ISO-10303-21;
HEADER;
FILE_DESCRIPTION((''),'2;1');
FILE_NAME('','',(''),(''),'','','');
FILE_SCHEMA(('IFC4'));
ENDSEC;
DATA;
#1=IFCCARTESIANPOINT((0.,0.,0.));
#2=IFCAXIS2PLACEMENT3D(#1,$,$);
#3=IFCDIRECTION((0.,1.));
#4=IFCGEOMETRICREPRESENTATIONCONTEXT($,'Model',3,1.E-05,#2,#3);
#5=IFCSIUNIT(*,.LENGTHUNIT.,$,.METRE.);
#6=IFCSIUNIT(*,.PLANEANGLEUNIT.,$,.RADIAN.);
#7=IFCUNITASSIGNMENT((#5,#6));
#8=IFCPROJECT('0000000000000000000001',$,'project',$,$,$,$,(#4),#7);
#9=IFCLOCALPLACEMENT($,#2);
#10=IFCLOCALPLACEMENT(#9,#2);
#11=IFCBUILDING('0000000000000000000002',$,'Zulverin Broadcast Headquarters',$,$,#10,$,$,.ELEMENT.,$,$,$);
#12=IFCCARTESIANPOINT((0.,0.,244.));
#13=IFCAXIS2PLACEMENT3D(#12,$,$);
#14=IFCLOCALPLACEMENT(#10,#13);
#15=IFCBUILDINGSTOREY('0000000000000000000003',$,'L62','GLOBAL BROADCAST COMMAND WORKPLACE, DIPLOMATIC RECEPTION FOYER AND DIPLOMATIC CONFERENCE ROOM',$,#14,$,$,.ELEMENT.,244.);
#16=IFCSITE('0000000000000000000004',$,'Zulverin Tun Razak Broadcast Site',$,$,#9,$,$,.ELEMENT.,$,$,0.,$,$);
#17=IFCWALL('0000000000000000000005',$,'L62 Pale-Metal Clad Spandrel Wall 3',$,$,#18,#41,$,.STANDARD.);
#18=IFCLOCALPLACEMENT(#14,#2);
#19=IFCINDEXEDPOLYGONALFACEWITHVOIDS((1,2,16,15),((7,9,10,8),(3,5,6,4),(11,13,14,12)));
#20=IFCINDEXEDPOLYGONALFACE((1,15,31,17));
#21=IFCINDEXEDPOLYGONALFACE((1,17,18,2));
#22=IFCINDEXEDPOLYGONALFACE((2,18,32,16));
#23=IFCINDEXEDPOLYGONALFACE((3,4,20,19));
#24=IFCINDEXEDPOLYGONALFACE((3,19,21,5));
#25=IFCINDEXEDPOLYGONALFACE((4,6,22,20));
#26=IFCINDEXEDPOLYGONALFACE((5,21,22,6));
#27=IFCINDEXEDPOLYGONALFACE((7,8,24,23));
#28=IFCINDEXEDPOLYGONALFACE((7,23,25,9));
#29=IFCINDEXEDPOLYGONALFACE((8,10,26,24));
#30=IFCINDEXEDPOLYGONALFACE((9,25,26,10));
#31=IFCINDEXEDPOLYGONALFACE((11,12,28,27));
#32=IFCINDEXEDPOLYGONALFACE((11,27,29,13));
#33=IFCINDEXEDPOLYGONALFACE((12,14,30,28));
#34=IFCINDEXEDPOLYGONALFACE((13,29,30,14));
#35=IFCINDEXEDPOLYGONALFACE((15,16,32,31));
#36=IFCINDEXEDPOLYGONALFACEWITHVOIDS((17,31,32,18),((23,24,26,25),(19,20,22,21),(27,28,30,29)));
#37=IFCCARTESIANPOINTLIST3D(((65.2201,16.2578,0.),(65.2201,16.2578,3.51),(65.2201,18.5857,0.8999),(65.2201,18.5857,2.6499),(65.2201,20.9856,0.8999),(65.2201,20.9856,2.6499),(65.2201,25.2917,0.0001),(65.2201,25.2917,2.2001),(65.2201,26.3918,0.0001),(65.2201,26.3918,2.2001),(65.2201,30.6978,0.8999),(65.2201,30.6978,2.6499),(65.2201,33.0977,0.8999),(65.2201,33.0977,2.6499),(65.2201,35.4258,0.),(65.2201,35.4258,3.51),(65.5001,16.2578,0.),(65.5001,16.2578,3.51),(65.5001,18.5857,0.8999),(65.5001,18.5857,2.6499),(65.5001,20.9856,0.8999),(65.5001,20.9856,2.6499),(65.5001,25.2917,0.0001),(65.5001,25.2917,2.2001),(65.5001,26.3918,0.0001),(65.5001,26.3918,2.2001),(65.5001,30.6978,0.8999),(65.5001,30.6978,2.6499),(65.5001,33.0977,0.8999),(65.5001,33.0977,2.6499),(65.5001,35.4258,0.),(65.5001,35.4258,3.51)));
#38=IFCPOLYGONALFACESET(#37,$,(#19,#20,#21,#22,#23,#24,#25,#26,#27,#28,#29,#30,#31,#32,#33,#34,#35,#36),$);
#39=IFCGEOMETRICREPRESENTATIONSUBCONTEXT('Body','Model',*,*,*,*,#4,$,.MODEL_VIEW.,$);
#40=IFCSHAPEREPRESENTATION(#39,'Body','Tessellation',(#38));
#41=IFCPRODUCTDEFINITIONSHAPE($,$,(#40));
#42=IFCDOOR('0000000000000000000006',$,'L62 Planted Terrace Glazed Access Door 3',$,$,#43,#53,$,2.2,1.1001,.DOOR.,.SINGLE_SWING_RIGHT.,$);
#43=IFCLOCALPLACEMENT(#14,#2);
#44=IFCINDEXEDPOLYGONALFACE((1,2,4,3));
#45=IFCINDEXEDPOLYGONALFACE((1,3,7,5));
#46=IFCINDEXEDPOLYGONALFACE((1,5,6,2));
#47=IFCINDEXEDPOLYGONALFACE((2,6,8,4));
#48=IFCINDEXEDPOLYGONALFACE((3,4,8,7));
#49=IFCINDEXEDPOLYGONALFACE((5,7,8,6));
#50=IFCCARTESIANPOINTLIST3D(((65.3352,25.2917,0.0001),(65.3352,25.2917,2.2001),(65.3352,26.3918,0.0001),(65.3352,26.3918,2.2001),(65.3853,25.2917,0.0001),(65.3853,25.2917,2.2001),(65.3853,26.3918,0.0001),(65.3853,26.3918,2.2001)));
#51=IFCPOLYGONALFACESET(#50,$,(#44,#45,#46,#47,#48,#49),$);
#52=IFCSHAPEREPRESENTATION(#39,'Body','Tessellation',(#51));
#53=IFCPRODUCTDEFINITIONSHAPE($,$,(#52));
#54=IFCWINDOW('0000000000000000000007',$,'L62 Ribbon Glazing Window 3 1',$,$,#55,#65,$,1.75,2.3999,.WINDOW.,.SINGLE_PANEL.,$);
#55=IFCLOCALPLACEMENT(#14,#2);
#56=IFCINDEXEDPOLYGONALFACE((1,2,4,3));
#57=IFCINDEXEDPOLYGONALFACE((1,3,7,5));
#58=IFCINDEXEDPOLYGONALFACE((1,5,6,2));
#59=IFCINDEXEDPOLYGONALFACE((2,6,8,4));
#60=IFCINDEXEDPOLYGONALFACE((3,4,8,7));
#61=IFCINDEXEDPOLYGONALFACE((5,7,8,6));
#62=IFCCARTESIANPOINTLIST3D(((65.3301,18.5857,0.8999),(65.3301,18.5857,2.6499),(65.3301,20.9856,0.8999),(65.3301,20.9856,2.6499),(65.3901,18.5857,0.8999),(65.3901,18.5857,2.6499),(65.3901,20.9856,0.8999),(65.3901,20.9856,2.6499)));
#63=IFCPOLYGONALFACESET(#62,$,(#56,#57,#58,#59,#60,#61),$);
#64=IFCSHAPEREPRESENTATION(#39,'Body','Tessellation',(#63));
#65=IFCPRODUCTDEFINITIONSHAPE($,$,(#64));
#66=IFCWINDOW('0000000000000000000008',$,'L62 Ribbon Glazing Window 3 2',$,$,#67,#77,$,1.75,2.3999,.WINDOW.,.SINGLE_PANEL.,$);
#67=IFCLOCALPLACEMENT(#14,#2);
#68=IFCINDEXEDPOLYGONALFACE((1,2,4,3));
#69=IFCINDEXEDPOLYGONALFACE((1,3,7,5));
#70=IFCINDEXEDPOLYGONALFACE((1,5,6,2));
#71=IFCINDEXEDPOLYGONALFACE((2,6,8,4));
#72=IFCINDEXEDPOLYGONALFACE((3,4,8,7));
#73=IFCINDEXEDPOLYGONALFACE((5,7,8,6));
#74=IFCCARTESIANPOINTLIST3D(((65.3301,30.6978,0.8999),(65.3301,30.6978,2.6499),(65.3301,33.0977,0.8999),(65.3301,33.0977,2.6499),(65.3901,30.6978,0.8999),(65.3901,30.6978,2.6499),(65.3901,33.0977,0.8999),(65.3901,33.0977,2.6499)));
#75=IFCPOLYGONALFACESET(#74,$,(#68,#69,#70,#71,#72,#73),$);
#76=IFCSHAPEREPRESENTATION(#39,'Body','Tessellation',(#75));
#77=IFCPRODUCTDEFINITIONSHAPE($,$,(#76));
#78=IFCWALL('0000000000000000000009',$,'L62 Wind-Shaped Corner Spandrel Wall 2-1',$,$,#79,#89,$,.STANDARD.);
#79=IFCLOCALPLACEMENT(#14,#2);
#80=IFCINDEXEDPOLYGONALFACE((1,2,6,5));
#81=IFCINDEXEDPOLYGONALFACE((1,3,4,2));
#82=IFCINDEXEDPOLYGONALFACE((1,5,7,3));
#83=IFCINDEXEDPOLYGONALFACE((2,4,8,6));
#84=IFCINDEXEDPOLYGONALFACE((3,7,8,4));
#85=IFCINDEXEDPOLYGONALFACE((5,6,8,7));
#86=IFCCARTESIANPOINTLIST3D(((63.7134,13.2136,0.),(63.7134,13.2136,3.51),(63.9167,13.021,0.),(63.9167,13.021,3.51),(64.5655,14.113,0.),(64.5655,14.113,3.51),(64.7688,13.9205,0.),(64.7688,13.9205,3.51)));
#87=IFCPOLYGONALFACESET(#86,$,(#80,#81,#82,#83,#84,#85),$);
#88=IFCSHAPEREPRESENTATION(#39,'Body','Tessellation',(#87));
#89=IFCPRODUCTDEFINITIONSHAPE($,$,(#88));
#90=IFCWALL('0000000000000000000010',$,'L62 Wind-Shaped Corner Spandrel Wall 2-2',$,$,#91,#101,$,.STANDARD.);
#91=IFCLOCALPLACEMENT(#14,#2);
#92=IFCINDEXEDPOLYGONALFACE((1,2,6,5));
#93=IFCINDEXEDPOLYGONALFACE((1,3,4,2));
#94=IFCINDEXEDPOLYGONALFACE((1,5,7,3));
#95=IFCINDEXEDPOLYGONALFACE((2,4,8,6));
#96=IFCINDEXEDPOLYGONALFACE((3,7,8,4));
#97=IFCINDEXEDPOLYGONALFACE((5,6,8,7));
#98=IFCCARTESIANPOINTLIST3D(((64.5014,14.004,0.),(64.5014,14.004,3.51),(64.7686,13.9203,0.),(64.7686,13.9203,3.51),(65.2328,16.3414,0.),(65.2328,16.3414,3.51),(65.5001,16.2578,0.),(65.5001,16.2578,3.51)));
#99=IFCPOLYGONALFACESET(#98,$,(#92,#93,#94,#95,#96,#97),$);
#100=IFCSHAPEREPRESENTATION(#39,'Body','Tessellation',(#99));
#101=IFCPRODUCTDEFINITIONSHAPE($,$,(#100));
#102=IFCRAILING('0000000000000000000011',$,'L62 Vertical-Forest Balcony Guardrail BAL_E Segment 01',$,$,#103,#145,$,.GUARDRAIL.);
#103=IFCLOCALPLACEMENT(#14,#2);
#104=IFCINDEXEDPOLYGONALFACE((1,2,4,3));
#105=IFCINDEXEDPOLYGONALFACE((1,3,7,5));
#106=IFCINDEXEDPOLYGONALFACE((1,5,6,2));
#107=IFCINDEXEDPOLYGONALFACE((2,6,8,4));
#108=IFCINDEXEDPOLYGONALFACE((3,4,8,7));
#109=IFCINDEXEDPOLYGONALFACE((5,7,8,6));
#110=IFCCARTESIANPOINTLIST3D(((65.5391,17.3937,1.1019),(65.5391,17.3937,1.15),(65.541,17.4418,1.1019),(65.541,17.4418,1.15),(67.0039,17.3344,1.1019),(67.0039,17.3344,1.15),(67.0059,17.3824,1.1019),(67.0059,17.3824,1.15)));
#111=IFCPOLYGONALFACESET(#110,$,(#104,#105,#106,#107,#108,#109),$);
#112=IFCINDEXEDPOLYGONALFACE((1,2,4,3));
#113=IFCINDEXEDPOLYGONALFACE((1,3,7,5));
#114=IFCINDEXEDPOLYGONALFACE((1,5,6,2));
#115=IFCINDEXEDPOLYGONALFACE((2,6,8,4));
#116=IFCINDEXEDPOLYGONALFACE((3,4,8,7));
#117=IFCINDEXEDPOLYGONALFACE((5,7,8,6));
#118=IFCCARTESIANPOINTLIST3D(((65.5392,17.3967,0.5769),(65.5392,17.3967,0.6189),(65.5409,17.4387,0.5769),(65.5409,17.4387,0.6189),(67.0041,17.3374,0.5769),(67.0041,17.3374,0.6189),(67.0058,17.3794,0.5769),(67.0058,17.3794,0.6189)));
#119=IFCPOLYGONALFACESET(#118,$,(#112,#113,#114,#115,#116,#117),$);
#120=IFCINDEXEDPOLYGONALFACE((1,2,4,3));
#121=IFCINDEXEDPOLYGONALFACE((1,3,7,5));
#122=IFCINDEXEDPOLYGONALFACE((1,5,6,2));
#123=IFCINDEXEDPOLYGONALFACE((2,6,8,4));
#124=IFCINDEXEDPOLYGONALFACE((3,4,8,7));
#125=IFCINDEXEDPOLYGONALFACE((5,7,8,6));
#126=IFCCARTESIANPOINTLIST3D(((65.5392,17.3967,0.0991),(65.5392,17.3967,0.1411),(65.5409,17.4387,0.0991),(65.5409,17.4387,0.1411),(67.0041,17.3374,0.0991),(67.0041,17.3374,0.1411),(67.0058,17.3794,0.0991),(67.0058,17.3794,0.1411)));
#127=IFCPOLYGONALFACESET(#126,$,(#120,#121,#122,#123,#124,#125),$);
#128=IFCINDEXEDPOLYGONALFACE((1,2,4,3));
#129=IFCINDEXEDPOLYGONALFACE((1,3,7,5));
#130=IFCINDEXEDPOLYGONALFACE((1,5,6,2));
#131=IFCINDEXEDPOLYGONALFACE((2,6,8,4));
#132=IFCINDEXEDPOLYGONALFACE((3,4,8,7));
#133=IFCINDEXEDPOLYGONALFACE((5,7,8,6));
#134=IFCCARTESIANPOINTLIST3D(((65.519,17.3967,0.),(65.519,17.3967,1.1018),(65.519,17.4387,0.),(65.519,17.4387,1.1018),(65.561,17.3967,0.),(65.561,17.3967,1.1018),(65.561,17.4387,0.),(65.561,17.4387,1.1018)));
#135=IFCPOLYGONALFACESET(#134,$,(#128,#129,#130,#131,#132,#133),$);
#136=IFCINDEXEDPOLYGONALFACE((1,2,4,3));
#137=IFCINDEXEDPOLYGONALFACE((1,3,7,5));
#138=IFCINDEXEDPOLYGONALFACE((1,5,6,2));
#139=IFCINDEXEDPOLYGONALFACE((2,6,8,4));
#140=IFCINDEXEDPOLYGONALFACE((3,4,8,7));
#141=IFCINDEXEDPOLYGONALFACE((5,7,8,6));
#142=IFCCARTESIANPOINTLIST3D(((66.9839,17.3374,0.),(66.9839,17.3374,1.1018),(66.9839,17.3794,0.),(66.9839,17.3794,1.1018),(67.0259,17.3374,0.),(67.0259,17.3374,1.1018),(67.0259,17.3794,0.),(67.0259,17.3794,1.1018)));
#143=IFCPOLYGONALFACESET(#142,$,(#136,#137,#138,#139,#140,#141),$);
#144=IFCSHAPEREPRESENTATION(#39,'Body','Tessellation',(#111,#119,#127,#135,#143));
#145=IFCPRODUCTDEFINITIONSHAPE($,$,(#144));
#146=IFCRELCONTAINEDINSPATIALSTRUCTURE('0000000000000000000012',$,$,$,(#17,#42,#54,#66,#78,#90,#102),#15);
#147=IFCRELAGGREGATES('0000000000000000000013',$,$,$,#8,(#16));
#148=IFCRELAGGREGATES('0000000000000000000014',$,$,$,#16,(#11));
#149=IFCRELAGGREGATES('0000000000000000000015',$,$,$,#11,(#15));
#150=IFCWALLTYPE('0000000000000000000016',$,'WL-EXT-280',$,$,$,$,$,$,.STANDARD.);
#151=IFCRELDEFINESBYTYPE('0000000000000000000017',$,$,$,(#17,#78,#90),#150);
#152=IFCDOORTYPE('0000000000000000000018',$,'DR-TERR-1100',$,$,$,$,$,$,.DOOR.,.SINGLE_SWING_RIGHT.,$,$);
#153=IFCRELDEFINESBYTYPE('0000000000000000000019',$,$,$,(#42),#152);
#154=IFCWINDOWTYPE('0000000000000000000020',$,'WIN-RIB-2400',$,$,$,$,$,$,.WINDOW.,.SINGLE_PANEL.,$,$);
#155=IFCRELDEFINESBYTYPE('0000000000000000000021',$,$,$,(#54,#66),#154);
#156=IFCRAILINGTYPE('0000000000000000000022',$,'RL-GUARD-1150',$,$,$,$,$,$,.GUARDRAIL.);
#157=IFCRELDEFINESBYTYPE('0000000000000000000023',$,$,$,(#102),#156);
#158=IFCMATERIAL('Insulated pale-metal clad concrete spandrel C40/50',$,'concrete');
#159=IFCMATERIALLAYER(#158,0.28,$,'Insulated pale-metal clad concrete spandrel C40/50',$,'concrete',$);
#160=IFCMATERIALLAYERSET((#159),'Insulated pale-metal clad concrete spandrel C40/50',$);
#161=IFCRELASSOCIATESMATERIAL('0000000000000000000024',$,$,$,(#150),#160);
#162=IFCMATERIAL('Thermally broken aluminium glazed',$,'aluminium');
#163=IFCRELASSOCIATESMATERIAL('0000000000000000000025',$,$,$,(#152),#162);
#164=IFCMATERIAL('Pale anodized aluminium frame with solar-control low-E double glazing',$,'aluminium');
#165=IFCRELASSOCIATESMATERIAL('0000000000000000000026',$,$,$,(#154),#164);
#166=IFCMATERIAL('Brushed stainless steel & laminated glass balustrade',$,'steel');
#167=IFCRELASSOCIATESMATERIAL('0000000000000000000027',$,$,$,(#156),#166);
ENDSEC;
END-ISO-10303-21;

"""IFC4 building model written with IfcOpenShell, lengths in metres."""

from ifc_helpers import new_model, si_unit, direction, frame, frame_2d, origin, origin_2d, place, context, subcontext, project, spatial, rectangle, extrude, material, layer, layer_set, type_object, element, fill, save


model = new_model("IFC4")

# Units and contexts
model_context = context("Model", 3, precision=1e-05, world=origin(), true_north=direction((0.0, 1.0)))
body_context = subcontext(model_context, "Body", "Model", "MODEL_VIEW")
ifc_project = project(units=[si_unit("LENGTHUNIT", "METRE"), si_unit("PLANEANGLEUNIT", "RADIAN")], contexts=[model_context])

# Site, building, storey
site_placement = place(None, origin())
site = spatial("IfcSite", under=ifc_project, at=site_placement, Name="Zulverin Tun Razak Broadcast Site", CompositionType="ELEMENT", RefElevation=0.0)
building_placement = place(site_placement, origin())
building = spatial("IfcBuilding", under=site, at=building_placement, Name="Zulverin Broadcast Headquarters", CompositionType="ELEMENT")
storey_placement = place(building_placement, frame((0.0, 0.0, 244.0)))
storey = spatial("IfcBuildingStorey", under=building, at=storey_placement, Name="L62", Description="GLOBAL BROADCAST COMMAND WORKPLACE, DIPLOMATIC RECEPTION FOYER AND DIPLOMATIC CONFERENCE ROOM", CompositionType="ELEMENT", Elevation=244.0)

# Wall, openings, door, windows
ifc_material_1 = material(Name="Insulated pale-metal clad concrete spandrel C40/50", Category="concrete")
ifc_layer_1 = layer(ifc_material_1, 0.28, Name="Insulated pale-metal clad concrete spandrel C40/50", Category="concrete")
ifc_layer_set_1 = layer_set([ifc_layer_1], Name="Insulated pale-metal clad concrete spandrel C40/50")
wall_type = type_object("IfcWallType", Name="WL-EXT-280", PredefinedType="STANDARD", material=ifc_layer_set_1)
wall_1_placement = place(storey_placement, frame((65.3601, 16.2578, 0.0), z_axis=(0.0, 0.0, 1.0), x_axis=(0.0, 1.0, 0.0)))
wall_1 = element("IfcWall", 1, at=wall_1_placement, inside=storey, type_object=wall_type, Name="L62 Pale-Metal Clad Spandrel Wall 3", PredefinedType="STANDARD", context=body_context, shape_type="SweptSolid", body=[
    extrude(rectangle(XDim=19.168, YDim=0.28, at=frame_2d((9.584, 0.0))), origin(), (0.0, 0.0, 1.0), 3.51),
])
opening_1_placement = place(wall_1_placement, frame((9.0339, 0.0, 0.0)))
opening_1 = element("IfcOpeningElement", 2, at=opening_1_placement, cuts=wall_1, PredefinedType="OPENING", context=body_context, shape_type="SweptSolid", body=[
    extrude(rectangle(XDim=1.1001, YDim=2.2, at=frame_2d((0.55, 1.1001))), frame((0.0, 0.1499, 0.0), z_axis=(0.0, -1.0, 0.0), x_axis=(1.0, 0.0, 0.0)), (0.0, 0.0, 1.0), 0.3),
])
opening_2_placement = place(wall_1_placement, frame((2.3279, 0.0, 0.8999)))
opening_2 = element("IfcOpeningElement", 3, at=opening_2_placement, cuts=wall_1, PredefinedType="OPENING", context=body_context, shape_type="SweptSolid", body=[
    extrude(rectangle(XDim=2.3999, YDim=1.75, at=frame_2d((1.2, 0.875))), frame((0.0, 0.1499, 0.0), z_axis=(0.0, -1.0, 0.0), x_axis=(1.0, 0.0, 0.0)), (0.0, 0.0, 1.0), 0.3),
])
opening_3_placement = place(wall_1_placement, frame((14.4399, 0.0, 0.8999)))
opening_3 = element("IfcOpeningElement", 4, at=opening_3_placement, cuts=wall_1, PredefinedType="OPENING", context=body_context, shape_type="SweptSolid", body=[
    extrude(rectangle(XDim=2.3999, YDim=1.75, at=frame_2d((1.2, 0.875))), frame((0.0, 0.1499, 0.0), z_axis=(0.0, -1.0, 0.0), x_axis=(1.0, 0.0, 0.0)), (0.0, 0.0, 1.0), 0.3),
])
ifc_material_2 = material(Name="Thermally broken aluminium glazed", Category="aluminium")
door_type = type_object("IfcDoorType", Name="DR-TERR-1100", OperationType="SINGLE_SWING_RIGHT", PredefinedType="DOOR", material=ifc_material_2)
door_placement = place(opening_1_placement, origin())
door = element("IfcDoor", 5, at=door_placement, inside=storey, type_object=door_type, Name="L62 Planted Terrace Glazed Access Door 3", OperationType="SINGLE_SWING_RIGHT", OverallHeight=2.2, OverallWidth=1.1001, PredefinedType="DOOR", context=body_context, shape_type="SweptSolid", body=[
    extrude(rectangle(XDim=1.1001, YDim=2.2, at=frame_2d((0.55, 1.1001))), frame((0.0, 0.0249, 0.0), z_axis=(0.0, -1.0, 0.0), x_axis=(1.0, 0.0, 0.0)), (0.0, 0.0, 1.0), 0.05),
])
fill(opening_1, door)
ifc_material_3 = material(Name="Pale anodized aluminium frame with solar-control low-E double glazing", Category="aluminium")
window_type = type_object("IfcWindowType", Name="WIN-RIB-2400", PartitioningType="SINGLE_PANEL", PredefinedType="WINDOW", material=ifc_material_3)
window_1_placement = place(opening_2_placement, origin())
window_1 = element("IfcWindow", 6, at=window_1_placement, inside=storey, type_object=window_type, Name="L62 Ribbon Glazing Window 3 1", OverallHeight=1.75, OverallWidth=2.3999, PartitioningType="SINGLE_PANEL", PredefinedType="WINDOW", context=body_context, shape_type="SweptSolid", body=[
    extrude(rectangle(XDim=2.3999, YDim=1.75, at=frame_2d((1.2, 0.875))), frame((0.0, 0.03, 0.0), z_axis=(0.0, -1.0, 0.0), x_axis=(1.0, 0.0, 0.0)), (0.0, 0.0, 1.0), 0.0601),
])
fill(opening_2, window_1)
window_2_placement = place(opening_3_placement, origin())
window_2 = element("IfcWindow", 7, at=window_2_placement, inside=storey, type_object=window_type, Name="L62 Ribbon Glazing Window 3 2", OverallHeight=1.75, OverallWidth=2.3999, PartitioningType="SINGLE_PANEL", PredefinedType="WINDOW", context=body_context, shape_type="SweptSolid", body=[
    extrude(rectangle(XDim=2.3999, YDim=1.75, at=frame_2d((1.2, 0.875))), frame((0.0, 0.03, 0.0), z_axis=(0.0, -1.0, 0.0), x_axis=(1.0, 0.0, 0.0)), (0.0, 0.0, 1.0), 0.0601),
])
fill(opening_3, window_2)

# Walls
wall_2_placement = place(storey_placement, frame((63.8149, 13.1172, 0.0), z_axis=(0.0, 0.0, 1.0), x_axis=(0.687734, 0.725963, 0.0)))
element("IfcWall", 8, at=wall_2_placement, inside=storey, type_object=wall_type, Name="L62 Wind-Shaped Corner Spandrel Wall 2-1", PredefinedType="STANDARD", context=body_context, shape_type="SweptSolid", body=[
    extrude(rectangle(XDim=1.239, YDim=0.28, at=frame_2d((0.6196, 0.0))), origin(), (0.0, 0.0, 1.0), 3.51),
])
wall_3_placement = place(storey_placement, frame((64.635, 13.9622, 0.0), z_axis=(0.0, 0.0, 1.0), x_axis=(0.29865, 0.954363, 0.0)))
element("IfcWall", 9, at=wall_3_placement, inside=storey, type_object=wall_type, Name="L62 Wind-Shaped Corner Spandrel Wall 2-2", PredefinedType="STANDARD", context=body_context, shape_type="SweptSolid", body=[
    extrude(rectangle(XDim=2.4492, YDim=0.28, at=frame_2d((1.2246, 0.0))), origin(), (0.0, 0.0, 1.0), 3.51),
])

# Railing
ifc_material_4 = material(Name="Brushed stainless steel & laminated glass balustrade", Category="steel")
railing_type = type_object("IfcRailingType", Name="RL-GUARD-1150", PredefinedType="GUARDRAIL", material=ifc_material_4)
railing_1_placement = place(storey_placement, frame((65.54, 17.4177, 0.0)))
element("IfcRailing", 10, at=railing_1_placement, inside=storey, type_object=railing_type, Name="L62 Vertical-Forest Balcony Guardrail BAL_E Segment 01", PredefinedType="GUARDRAIL", context=body_context, shape_type="SweptSolid", body=[
    extrude(rectangle(XDim=0.0481, YDim=0.0481, at=origin_2d()), frame((0.0, 0.0, 1.126), z_axis=(0.999181, -0.040467, 0.0), x_axis=(0.040467, 0.999181, 0.0)), (0.0, 0.0, 1.0), 1.4661),
    extrude(rectangle(XDim=0.042, YDim=0.042, at=origin_2d()), frame((0.0, 0.0, 0.5979), z_axis=(0.999181, -0.040467, 0.0), x_axis=(0.040467, 0.999181, 0.0)), (0.0, 0.0, 1.0), 1.4661),
    extrude(rectangle(XDim=0.042, YDim=0.042, at=origin_2d()), frame((0.0, 0.0, 0.1201), z_axis=(0.999181, -0.040467, 0.0), x_axis=(0.040467, 0.999181, 0.0)), (0.0, 0.0, 1.0), 1.4661),
    extrude(rectangle(XDim=0.042, YDim=0.042, at=origin_2d()), origin(), (0.0, 0.0, 1.0), 1.1018),
    extrude(rectangle(XDim=0.042, YDim=0.042, at=origin_2d()), frame((1.4648, -0.0593, 0.0)), (0.0, 0.0, 1.0), 1.1018),
])

save(model, "model.ifc")
